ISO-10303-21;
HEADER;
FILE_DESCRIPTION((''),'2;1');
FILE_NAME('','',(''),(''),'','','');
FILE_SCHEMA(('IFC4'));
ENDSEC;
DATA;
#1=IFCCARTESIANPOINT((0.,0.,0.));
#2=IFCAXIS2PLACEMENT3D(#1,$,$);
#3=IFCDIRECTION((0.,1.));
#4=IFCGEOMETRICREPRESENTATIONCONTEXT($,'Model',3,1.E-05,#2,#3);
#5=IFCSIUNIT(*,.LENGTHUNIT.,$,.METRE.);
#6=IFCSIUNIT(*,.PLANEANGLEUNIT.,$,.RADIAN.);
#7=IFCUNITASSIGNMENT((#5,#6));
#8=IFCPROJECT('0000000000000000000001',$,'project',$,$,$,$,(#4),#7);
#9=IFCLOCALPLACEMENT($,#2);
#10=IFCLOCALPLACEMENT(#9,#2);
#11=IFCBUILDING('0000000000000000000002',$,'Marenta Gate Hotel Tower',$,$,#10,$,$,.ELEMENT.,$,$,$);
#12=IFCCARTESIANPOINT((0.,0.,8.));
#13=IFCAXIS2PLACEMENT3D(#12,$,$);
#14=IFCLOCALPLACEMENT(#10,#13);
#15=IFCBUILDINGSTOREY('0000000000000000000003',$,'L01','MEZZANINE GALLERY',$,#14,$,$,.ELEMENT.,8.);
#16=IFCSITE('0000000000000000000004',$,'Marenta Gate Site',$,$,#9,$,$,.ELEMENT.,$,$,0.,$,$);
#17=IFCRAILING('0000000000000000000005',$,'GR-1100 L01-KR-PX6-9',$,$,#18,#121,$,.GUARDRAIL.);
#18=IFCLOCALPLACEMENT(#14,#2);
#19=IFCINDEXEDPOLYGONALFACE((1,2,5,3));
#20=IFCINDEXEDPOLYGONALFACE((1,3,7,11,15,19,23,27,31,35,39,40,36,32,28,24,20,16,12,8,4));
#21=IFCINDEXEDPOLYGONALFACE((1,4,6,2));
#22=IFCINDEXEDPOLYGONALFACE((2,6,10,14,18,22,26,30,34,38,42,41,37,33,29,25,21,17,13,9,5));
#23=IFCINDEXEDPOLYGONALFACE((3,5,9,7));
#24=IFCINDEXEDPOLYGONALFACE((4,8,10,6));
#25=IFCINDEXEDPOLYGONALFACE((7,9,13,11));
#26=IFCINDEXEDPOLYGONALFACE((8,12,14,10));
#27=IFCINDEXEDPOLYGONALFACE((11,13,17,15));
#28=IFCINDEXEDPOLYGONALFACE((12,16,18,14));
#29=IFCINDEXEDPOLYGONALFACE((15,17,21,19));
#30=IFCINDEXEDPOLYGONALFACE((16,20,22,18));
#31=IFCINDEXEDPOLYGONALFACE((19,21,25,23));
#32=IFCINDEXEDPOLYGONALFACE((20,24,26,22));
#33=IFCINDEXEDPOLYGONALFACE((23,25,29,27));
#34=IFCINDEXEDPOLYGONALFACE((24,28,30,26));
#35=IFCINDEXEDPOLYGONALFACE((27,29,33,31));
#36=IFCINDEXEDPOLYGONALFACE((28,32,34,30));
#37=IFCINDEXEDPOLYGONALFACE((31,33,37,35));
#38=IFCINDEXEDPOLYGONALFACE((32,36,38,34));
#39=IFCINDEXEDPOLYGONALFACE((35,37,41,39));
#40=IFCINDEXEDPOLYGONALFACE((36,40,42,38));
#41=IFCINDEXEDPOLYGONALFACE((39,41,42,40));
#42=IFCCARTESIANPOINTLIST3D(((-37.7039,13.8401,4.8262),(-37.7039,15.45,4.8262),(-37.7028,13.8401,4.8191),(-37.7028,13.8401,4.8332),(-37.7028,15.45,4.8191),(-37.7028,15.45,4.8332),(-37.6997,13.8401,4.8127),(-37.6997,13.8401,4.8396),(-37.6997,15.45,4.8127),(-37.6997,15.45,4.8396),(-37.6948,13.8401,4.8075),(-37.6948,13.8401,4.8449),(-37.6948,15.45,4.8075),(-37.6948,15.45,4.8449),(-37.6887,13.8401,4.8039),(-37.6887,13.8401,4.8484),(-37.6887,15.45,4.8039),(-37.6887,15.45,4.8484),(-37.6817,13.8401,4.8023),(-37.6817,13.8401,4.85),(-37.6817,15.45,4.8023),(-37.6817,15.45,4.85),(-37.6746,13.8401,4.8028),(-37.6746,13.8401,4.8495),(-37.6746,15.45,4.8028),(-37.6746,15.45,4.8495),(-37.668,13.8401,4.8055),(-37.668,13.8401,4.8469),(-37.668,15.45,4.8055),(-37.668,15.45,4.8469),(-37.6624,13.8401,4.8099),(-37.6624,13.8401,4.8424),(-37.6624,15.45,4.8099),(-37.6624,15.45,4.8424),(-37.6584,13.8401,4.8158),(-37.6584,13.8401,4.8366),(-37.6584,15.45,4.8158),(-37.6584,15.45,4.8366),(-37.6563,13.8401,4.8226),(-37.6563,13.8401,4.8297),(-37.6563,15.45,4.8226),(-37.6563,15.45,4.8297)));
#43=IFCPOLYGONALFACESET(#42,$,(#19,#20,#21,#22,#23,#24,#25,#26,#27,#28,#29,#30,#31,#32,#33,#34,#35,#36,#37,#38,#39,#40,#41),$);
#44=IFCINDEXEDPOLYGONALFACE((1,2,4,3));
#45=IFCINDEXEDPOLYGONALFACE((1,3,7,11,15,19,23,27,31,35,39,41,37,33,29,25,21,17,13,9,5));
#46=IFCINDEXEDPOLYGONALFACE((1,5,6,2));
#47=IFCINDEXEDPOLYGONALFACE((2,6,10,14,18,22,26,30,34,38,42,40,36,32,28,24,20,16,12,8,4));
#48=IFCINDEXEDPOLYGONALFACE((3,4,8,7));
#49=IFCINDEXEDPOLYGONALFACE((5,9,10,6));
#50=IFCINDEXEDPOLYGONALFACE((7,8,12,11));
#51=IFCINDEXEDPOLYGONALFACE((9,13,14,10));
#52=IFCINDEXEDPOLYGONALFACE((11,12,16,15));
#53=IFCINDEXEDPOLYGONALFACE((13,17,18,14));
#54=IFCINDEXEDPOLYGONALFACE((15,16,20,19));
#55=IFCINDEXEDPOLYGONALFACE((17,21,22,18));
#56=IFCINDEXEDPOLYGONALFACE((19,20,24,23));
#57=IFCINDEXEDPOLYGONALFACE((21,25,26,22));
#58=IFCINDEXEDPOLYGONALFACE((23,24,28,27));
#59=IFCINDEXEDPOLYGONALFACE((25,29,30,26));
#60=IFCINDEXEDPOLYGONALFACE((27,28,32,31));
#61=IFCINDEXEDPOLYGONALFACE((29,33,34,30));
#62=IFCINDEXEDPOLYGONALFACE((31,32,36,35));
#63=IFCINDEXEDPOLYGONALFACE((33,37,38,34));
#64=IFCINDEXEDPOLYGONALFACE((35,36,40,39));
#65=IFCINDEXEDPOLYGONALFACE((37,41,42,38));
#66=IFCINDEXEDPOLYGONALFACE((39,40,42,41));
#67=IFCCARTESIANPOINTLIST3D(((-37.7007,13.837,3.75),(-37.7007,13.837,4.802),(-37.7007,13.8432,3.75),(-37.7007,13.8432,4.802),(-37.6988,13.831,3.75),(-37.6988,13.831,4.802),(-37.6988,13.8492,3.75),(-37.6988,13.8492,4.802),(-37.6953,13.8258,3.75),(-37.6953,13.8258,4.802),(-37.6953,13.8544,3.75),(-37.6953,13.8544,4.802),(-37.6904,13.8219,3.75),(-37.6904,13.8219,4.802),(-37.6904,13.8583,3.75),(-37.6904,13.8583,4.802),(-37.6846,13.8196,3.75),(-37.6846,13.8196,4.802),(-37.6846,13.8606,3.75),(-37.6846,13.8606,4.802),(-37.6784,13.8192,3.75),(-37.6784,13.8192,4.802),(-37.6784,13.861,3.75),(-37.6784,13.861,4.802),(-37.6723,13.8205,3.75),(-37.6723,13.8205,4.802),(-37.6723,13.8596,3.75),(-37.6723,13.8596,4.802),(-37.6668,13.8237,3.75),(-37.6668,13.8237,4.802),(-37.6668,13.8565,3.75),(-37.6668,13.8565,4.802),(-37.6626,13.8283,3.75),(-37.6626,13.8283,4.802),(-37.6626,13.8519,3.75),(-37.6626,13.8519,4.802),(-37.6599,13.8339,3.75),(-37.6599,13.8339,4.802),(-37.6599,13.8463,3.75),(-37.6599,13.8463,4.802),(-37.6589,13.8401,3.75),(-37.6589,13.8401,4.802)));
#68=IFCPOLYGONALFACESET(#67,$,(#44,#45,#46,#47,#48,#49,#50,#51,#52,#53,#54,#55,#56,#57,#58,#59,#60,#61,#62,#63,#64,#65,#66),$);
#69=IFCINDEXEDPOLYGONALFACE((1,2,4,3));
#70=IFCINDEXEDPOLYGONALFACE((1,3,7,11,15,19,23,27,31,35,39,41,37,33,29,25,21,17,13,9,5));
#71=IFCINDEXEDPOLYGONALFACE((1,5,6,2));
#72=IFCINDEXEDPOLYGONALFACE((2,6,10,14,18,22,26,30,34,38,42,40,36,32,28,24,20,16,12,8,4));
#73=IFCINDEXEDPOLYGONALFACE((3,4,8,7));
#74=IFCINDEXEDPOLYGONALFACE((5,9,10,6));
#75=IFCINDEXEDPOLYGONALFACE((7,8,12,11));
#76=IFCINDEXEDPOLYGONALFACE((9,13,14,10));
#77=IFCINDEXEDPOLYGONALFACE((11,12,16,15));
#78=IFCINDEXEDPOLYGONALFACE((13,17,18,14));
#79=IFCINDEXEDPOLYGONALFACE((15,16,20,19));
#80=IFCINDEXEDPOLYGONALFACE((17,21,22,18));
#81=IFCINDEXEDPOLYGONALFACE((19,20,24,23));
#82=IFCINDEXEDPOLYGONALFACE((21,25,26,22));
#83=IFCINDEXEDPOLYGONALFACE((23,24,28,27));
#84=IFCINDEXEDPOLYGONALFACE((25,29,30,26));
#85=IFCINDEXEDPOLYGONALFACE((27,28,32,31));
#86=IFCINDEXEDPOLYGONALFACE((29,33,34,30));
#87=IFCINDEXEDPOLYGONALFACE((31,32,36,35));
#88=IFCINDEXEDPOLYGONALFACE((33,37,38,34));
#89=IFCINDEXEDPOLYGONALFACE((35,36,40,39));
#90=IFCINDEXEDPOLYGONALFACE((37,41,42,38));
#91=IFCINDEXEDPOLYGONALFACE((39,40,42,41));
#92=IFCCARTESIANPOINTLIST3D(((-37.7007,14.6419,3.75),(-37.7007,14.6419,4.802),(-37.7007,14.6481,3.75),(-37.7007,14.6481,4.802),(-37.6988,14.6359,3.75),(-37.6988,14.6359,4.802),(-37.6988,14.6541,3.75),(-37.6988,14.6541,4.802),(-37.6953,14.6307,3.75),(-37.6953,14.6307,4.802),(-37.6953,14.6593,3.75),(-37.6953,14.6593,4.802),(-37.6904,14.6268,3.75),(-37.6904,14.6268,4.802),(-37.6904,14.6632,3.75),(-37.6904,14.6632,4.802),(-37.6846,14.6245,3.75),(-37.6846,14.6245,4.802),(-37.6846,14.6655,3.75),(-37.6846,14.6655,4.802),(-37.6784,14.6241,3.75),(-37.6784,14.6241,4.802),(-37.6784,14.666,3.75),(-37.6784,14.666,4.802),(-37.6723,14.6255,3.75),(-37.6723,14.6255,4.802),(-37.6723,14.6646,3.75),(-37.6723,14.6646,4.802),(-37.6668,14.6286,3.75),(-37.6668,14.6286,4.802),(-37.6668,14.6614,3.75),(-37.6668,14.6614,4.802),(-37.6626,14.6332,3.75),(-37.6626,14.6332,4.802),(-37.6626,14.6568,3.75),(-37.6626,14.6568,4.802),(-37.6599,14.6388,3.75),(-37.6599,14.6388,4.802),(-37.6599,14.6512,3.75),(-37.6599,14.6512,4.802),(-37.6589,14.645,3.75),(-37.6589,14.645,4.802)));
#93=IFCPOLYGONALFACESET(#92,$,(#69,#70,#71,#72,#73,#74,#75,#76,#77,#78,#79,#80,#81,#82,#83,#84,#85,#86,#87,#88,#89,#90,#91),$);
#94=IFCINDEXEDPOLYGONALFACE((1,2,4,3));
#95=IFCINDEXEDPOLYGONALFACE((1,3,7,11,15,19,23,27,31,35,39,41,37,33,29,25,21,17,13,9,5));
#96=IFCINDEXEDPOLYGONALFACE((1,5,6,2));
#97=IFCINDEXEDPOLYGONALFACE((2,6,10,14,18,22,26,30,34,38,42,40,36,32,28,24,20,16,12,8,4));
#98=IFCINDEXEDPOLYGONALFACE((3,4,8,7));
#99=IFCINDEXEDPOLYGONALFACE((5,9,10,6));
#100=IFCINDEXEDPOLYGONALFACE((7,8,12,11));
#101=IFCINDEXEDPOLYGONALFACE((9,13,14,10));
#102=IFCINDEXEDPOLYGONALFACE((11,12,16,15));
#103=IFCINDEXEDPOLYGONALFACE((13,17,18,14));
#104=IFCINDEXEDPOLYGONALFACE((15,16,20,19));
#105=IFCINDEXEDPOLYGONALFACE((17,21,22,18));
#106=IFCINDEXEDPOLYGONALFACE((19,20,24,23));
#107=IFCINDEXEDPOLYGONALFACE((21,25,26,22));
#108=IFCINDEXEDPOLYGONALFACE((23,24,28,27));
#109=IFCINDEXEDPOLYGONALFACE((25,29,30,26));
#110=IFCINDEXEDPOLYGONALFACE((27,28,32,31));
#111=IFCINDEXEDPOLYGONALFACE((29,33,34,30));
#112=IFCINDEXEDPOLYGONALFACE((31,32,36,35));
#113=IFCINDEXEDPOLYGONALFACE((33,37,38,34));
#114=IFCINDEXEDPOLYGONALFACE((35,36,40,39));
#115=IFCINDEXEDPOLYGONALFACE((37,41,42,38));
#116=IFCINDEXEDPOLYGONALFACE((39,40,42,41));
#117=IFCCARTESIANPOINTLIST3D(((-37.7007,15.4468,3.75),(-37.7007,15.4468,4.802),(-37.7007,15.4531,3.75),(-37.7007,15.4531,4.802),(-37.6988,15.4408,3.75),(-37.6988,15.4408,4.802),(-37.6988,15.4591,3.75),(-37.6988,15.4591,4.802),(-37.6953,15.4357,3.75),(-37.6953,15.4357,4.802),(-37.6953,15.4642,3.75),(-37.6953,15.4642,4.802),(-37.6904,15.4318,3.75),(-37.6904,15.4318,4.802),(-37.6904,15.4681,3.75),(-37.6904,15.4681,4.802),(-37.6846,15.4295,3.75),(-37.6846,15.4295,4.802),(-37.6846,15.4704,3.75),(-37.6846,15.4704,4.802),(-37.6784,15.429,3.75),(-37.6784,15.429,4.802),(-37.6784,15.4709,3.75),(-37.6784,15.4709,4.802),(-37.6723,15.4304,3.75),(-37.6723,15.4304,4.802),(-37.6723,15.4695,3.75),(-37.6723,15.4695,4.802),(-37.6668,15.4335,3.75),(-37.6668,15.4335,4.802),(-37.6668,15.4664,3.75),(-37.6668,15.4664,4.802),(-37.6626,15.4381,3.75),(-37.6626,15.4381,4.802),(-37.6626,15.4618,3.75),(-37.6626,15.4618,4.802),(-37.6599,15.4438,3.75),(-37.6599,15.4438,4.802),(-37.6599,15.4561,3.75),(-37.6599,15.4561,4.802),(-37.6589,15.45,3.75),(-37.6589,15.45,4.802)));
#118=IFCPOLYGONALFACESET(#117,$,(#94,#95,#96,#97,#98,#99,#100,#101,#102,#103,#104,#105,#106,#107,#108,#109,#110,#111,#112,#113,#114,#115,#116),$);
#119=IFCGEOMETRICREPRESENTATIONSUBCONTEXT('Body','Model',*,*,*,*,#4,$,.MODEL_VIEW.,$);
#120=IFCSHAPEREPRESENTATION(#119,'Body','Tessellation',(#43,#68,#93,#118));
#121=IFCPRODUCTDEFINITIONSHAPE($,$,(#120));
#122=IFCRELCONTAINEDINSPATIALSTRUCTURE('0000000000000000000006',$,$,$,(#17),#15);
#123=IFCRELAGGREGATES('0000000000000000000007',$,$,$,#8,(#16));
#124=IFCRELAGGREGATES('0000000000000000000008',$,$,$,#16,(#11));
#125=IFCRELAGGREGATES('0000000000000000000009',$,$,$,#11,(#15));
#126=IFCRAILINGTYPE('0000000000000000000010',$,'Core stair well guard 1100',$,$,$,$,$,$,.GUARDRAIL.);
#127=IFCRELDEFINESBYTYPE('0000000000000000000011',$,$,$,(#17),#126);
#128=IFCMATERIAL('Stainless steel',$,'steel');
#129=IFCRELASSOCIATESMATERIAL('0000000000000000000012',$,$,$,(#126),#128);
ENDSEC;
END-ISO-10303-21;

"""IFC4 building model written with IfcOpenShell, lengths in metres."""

from ifc_helpers import new_model, si_unit, direction, frame, origin, origin_2d, place, context, subcontext, project, spatial, circle, extrude, material, type_object, element, save


model = new_model("IFC4")

# Units and contexts
model_context = context("Model", 3, precision=1e-05, world=origin(), true_north=direction((0.0, 1.0)))
body_context = subcontext(model_context, "Body", "Model", "MODEL_VIEW")
ifc_project = project(units=[si_unit("LENGTHUNIT", "METRE"), si_unit("PLANEANGLEUNIT", "RADIAN")], contexts=[model_context])

# Site, building, storey
site_placement = place(None, origin())
site = spatial("IfcSite", under=ifc_project, at=site_placement, Name="Marenta Gate Site", CompositionType="ELEMENT", RefElevation=0.0)
building_placement = place(site_placement, origin())
building = spatial("IfcBuilding", under=site, at=building_placement, Name="Marenta Gate Hotel Tower", CompositionType="ELEMENT")
storey_placement = place(building_placement, frame((0.0, 0.0, 8.0)))
storey = spatial("IfcBuildingStorey", under=building, at=storey_placement, Name="L01", Description="MEZZANINE GALLERY", CompositionType="ELEMENT", Elevation=8.0)

# Railing
ifc_material_1 = material(Name="Stainless steel", Category="steel")
railing_type_1 = type_object("IfcRailingType", Name="Core stair well guard 1100", PredefinedType="GUARDRAIL", material=ifc_material_1)
railing_1_placement = place(storey_placement, frame((-37.6799, 13.8401, 3.75)))
element("IfcRailing", 1, at=railing_1_placement, inside=storey, type_object=railing_type_1, Name="GR-1100 L01-KR-PX6-9", PredefinedType="GUARDRAIL", context=body_context, shape_type="SweptSolid", body=[
    extrude(circle(Radius=0.0239, at=origin_2d()), frame((0.0, 0.0, 1.0762), z_axis=(0.0, 1.0, 0.0), x_axis=(-1.0, 0.0, 0.0)), (0.0, 0.0, 1.0), 1.6099),
    extrude(circle(Radius=0.021, at=origin_2d()), origin(), (0.0, 0.0, 1.0), 1.052),
    extrude(circle(Radius=0.021, at=origin_2d()), frame((0.0, 0.8049, 0.0)), (0.0, 0.0, 1.0), 1.052),
    extrude(circle(Radius=0.021, at=origin_2d()), frame((0.0, 1.6099, 0.0)), (0.0, 0.0, 1.0), 1.052),
])

save(model, "model.ifc")
